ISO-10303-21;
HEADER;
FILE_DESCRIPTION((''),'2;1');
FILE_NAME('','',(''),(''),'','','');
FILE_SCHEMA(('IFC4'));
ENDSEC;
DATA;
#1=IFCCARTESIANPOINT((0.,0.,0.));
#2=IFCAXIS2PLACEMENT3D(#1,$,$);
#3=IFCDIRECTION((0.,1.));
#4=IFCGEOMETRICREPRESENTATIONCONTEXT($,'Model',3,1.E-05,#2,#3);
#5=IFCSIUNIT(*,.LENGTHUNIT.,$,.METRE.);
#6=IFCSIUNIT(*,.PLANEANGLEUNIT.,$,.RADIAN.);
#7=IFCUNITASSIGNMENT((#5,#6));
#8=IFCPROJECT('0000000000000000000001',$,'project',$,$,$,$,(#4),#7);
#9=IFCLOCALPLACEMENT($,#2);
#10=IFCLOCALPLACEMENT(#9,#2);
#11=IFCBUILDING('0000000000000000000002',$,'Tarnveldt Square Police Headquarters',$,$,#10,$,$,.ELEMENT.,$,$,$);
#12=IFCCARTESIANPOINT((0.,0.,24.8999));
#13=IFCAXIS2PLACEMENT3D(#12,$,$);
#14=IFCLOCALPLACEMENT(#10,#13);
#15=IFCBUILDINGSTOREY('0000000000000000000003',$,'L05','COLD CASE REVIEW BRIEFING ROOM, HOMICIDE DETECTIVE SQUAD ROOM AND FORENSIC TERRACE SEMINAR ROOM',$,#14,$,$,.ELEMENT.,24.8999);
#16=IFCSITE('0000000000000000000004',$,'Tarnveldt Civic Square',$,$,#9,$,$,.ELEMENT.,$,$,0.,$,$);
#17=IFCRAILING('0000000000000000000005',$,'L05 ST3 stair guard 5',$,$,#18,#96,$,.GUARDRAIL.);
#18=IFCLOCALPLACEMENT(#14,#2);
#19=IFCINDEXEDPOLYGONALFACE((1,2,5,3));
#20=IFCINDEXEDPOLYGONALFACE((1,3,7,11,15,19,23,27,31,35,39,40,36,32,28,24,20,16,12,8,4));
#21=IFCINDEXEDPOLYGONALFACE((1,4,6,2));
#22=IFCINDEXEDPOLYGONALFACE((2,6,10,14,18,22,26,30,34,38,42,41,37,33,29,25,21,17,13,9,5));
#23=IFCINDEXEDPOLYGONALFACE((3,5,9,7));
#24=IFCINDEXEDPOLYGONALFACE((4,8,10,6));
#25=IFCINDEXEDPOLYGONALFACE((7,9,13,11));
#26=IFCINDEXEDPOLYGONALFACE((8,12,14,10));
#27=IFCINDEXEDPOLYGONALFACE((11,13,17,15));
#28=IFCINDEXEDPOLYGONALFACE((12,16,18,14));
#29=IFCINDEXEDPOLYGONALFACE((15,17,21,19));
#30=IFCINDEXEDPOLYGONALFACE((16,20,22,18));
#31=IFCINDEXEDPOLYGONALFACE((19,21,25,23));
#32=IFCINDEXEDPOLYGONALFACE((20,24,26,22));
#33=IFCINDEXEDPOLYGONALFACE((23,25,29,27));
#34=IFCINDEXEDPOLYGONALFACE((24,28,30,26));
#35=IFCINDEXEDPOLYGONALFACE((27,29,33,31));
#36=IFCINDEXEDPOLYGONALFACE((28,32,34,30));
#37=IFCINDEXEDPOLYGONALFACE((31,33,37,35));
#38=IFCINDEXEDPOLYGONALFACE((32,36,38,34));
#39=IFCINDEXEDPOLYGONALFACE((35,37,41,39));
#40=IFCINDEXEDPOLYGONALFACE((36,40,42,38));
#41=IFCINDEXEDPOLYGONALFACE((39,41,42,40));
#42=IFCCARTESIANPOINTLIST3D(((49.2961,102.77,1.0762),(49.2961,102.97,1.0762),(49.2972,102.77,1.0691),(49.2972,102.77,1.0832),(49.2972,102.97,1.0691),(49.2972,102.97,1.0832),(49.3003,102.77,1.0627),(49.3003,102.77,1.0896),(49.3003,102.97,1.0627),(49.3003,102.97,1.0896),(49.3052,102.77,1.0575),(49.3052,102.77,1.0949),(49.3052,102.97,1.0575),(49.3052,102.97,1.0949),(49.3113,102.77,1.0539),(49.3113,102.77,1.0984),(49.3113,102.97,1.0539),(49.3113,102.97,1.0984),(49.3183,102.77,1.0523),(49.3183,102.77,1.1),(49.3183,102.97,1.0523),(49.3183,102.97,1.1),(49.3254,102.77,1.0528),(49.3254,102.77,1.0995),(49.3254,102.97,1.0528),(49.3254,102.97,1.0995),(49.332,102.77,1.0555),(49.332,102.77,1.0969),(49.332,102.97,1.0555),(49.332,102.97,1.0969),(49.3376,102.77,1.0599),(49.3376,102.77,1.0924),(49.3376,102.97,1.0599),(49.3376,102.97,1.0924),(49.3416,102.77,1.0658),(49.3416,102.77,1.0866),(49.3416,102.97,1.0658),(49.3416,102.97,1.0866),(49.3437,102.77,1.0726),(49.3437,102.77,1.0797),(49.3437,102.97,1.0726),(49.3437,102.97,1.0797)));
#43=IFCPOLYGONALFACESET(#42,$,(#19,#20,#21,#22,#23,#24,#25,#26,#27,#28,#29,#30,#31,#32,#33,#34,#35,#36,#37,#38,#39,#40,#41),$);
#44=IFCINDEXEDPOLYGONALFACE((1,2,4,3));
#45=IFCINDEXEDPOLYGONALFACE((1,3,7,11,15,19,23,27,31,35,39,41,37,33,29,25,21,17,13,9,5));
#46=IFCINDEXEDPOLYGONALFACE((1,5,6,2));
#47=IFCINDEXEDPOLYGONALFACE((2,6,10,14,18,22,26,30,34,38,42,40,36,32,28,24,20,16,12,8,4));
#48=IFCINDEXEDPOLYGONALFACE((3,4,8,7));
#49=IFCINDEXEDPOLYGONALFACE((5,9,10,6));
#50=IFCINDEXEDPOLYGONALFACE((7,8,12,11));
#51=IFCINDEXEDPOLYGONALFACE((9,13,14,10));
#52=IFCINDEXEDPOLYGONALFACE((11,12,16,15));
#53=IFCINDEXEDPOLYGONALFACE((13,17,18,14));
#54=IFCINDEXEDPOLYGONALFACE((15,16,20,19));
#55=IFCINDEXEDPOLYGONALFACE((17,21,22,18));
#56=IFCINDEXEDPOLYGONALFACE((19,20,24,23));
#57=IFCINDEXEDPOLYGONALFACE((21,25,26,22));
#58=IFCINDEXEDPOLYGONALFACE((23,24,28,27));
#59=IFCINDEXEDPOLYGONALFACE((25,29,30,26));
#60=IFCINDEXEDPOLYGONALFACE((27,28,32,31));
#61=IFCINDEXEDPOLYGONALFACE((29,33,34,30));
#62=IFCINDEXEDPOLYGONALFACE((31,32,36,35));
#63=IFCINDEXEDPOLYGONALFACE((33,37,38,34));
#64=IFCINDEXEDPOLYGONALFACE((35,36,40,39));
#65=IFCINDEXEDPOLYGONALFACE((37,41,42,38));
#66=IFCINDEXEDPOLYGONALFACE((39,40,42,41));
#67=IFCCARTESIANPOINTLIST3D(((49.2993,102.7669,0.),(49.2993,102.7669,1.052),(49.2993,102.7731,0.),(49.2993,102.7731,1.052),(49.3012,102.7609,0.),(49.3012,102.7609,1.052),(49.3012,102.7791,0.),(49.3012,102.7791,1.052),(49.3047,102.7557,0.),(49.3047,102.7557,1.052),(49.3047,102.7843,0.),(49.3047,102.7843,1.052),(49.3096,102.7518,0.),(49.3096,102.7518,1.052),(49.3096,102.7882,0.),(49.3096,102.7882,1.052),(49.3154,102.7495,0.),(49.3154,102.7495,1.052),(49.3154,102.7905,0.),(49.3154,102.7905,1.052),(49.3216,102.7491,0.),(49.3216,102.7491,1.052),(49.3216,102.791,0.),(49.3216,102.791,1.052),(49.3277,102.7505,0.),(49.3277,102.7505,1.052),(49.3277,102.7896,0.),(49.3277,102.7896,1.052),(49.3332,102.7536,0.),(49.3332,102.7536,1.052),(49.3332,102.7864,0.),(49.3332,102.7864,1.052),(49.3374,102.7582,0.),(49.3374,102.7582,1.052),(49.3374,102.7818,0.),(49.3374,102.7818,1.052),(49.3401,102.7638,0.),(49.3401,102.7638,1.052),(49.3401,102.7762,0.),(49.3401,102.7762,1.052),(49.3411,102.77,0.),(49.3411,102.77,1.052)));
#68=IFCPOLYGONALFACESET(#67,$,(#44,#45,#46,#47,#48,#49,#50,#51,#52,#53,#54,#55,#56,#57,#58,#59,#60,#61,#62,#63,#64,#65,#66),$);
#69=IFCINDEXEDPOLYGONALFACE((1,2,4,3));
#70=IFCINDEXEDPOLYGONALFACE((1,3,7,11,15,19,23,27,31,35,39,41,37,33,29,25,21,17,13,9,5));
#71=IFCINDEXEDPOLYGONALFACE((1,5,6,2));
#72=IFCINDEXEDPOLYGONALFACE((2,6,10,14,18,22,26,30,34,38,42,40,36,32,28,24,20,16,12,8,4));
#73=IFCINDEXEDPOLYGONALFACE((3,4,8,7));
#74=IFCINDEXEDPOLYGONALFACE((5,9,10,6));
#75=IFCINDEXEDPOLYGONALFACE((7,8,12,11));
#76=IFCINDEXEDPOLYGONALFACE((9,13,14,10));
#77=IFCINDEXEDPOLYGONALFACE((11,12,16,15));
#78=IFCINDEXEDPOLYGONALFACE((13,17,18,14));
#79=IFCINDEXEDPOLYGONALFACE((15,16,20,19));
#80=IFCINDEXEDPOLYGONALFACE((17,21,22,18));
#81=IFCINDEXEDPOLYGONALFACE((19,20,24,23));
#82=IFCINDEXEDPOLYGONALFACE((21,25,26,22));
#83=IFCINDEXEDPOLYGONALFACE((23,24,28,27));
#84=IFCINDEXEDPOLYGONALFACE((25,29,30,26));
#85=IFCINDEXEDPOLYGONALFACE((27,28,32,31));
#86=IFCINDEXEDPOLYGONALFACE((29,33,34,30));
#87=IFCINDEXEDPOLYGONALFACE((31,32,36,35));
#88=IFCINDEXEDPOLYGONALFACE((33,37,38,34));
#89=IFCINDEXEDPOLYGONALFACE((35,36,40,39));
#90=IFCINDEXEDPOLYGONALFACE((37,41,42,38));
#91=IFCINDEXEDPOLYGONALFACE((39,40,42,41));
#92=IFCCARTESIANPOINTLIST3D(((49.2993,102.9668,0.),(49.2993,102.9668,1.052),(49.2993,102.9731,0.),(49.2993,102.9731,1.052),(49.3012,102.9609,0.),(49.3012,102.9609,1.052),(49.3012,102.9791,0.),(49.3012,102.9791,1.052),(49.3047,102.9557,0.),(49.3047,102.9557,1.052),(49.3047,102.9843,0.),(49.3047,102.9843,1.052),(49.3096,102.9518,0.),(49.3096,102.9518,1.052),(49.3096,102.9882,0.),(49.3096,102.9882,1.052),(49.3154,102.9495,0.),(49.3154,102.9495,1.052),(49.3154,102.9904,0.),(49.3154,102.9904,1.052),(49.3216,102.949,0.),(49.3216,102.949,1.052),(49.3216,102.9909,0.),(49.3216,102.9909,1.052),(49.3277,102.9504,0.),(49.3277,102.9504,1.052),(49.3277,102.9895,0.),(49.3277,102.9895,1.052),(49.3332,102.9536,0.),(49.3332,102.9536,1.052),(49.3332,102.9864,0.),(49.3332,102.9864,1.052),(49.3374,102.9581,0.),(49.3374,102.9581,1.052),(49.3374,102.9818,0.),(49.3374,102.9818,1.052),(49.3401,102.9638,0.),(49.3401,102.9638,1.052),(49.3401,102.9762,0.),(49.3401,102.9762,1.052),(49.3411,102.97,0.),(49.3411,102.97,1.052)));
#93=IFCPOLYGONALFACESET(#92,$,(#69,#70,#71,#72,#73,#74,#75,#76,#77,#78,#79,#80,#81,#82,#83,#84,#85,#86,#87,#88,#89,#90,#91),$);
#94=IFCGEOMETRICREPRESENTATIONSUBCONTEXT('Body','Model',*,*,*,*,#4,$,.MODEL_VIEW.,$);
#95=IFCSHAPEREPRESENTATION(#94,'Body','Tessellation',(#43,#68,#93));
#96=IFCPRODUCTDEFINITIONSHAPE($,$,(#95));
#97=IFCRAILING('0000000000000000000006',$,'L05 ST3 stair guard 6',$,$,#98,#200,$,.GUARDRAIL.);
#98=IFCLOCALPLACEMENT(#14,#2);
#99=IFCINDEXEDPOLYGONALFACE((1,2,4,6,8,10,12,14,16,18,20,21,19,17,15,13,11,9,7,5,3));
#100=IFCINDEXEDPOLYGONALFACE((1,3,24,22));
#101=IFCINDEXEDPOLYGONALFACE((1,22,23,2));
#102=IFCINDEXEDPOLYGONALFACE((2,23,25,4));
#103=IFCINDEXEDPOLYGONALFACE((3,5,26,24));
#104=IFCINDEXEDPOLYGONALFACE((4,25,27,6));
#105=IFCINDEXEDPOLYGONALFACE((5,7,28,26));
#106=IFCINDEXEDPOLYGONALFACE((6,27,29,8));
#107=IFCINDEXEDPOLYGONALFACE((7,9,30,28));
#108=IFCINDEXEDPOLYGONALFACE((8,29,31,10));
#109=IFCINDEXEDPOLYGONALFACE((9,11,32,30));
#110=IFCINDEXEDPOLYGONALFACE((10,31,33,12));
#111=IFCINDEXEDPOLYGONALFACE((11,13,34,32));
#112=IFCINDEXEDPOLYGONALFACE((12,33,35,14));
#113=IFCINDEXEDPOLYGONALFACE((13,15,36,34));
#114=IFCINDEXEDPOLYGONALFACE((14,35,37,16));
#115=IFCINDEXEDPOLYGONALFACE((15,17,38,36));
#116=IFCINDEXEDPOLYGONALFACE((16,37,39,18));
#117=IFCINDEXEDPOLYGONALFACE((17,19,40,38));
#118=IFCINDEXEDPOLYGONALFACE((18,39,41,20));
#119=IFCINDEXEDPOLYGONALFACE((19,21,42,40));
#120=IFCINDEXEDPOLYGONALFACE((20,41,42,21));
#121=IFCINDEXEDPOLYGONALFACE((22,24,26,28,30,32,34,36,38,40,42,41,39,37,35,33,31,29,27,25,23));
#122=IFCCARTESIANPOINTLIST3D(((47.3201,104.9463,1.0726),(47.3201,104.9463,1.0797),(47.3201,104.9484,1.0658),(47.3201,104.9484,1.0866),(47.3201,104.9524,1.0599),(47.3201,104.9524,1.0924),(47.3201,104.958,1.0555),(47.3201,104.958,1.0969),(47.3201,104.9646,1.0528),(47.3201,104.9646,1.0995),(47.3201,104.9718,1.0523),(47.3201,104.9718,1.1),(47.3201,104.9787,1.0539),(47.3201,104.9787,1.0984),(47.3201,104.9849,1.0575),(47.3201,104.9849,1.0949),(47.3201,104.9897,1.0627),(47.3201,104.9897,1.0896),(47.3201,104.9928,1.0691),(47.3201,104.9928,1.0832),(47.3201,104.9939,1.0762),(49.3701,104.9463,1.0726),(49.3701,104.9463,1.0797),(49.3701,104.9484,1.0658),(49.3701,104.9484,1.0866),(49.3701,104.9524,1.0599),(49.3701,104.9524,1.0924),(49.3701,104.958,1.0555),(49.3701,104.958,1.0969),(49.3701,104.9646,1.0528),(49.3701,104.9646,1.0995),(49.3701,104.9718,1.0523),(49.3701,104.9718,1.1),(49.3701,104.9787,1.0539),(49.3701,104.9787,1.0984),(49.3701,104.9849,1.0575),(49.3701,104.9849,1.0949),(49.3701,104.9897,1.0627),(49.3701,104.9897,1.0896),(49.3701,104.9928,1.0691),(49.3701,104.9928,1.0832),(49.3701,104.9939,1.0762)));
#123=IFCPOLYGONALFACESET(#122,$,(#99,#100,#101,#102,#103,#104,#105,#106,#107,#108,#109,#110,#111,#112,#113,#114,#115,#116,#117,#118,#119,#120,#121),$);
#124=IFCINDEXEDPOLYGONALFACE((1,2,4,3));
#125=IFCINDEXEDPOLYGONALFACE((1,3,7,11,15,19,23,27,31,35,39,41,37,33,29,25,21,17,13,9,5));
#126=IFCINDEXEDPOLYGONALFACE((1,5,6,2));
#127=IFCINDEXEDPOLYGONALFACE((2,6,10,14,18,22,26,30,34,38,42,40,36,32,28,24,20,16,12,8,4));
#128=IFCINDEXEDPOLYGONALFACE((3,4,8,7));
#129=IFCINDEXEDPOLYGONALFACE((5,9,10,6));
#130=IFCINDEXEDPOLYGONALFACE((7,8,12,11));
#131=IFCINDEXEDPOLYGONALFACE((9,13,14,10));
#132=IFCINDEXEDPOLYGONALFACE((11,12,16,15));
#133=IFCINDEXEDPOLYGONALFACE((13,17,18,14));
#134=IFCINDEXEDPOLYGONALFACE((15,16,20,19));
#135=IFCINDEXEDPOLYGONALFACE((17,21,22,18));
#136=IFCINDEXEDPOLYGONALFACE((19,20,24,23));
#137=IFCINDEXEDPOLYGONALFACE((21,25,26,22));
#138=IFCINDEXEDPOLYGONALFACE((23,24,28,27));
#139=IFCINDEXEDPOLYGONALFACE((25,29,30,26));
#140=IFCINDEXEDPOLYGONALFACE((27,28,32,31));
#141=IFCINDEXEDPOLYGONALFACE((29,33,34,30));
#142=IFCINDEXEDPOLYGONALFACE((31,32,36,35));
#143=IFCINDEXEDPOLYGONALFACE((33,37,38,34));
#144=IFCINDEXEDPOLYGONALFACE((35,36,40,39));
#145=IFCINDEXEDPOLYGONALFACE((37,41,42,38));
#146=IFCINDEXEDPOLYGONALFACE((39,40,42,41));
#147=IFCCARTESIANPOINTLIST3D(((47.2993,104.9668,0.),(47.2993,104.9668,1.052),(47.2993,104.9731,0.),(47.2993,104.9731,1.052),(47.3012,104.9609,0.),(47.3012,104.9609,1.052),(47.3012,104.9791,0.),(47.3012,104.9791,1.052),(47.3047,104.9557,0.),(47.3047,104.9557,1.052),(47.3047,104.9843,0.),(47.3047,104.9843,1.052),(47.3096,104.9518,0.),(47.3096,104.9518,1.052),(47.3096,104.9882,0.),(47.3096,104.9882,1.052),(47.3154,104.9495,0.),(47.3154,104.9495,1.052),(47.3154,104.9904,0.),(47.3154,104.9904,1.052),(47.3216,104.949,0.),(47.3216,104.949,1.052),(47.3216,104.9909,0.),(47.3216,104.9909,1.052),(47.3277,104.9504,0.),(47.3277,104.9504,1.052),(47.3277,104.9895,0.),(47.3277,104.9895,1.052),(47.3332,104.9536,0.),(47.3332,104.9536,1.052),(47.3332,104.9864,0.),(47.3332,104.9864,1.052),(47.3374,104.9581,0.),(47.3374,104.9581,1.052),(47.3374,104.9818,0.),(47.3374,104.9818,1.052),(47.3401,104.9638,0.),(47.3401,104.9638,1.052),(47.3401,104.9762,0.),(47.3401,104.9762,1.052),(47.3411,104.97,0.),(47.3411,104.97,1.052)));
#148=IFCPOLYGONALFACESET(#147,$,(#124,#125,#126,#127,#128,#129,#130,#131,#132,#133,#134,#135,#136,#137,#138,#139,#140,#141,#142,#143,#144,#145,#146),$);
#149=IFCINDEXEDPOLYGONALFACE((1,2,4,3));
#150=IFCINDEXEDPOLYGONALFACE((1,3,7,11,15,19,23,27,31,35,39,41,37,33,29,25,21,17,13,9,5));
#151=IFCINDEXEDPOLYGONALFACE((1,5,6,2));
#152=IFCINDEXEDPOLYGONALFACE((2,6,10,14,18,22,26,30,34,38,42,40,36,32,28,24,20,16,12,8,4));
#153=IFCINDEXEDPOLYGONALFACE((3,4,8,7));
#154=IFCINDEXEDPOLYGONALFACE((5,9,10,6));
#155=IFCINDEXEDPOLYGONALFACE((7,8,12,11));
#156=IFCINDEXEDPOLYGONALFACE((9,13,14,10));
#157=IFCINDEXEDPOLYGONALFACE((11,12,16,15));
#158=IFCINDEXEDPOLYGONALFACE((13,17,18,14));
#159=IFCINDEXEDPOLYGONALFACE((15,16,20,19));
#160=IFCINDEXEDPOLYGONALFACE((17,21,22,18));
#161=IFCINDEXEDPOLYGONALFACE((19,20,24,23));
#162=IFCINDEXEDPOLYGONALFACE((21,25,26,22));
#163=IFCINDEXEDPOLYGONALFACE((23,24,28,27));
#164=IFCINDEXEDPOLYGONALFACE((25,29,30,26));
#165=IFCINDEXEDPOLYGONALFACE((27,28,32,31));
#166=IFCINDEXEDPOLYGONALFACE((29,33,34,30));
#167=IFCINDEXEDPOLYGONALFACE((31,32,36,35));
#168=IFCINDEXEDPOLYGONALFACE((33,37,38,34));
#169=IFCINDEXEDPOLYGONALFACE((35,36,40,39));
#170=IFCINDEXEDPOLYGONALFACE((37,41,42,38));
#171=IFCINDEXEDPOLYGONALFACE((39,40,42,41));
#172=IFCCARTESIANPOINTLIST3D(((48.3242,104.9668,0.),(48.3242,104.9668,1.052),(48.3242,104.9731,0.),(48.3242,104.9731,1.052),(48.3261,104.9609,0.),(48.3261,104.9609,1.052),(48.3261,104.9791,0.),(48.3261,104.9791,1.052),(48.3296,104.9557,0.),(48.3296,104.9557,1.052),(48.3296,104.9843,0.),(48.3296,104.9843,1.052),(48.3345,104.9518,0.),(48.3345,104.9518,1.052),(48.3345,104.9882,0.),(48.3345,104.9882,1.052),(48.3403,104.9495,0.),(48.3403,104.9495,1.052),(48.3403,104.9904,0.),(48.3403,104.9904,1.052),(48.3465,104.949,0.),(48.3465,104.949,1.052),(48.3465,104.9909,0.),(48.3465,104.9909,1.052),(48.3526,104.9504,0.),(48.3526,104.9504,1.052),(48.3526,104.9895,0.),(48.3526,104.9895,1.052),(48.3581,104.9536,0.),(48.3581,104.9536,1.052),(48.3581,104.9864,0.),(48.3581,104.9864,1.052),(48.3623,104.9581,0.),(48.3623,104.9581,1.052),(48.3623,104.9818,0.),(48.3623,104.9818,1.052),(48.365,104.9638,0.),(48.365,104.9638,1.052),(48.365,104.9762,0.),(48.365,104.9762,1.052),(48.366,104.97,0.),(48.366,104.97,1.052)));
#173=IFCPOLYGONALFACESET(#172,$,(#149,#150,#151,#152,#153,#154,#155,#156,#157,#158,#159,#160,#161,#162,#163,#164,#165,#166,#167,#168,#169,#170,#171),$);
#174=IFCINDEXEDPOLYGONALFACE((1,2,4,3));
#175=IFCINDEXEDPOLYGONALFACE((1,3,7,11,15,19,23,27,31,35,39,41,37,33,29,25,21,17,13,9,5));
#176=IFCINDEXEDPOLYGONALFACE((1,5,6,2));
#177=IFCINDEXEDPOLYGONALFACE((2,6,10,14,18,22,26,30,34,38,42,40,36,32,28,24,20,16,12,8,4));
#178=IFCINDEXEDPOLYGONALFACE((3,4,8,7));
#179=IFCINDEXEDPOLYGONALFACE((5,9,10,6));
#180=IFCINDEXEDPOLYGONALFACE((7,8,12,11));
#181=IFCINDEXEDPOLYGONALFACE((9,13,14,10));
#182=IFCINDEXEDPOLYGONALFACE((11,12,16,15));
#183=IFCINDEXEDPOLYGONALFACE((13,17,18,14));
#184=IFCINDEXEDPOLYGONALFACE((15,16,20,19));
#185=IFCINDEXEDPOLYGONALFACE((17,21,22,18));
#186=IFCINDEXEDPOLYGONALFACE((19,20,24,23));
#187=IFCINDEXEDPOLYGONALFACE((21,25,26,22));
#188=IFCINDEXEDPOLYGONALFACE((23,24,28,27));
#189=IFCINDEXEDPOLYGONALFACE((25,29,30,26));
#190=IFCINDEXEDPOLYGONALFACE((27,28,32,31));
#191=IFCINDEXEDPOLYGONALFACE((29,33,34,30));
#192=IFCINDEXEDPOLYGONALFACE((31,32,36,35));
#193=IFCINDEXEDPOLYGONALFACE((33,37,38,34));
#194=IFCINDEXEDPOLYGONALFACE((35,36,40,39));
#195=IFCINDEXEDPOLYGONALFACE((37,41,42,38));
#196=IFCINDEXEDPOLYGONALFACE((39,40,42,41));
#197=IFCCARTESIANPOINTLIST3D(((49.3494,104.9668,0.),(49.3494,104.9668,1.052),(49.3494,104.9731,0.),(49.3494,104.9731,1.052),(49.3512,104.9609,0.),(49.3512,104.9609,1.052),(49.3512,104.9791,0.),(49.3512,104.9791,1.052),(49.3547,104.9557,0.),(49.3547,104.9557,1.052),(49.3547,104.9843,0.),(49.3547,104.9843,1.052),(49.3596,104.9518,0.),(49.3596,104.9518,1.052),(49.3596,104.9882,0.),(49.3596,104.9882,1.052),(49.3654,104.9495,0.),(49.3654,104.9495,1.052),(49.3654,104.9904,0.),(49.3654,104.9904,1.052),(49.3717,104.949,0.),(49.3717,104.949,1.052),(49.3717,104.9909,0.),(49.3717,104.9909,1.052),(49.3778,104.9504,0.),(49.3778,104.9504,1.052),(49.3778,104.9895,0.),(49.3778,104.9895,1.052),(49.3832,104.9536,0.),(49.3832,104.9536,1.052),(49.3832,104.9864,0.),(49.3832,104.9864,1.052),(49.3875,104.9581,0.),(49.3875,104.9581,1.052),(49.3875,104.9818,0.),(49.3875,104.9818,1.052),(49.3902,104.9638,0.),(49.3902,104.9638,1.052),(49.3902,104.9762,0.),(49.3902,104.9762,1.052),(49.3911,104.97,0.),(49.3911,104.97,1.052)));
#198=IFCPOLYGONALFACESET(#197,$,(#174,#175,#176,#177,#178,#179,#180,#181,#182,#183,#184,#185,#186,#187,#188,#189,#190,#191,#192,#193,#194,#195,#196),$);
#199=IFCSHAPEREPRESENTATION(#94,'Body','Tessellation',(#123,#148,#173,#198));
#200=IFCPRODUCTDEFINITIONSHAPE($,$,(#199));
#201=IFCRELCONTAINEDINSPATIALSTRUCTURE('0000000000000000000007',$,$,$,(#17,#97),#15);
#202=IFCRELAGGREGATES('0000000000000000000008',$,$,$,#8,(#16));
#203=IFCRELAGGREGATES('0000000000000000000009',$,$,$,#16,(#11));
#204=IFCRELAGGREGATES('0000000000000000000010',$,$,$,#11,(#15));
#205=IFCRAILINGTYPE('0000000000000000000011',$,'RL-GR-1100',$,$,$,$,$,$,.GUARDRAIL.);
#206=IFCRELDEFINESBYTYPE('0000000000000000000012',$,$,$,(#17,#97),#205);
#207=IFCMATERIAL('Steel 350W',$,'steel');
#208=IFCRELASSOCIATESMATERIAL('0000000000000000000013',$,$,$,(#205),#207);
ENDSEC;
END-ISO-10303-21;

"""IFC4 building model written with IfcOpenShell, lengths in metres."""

from ifc_helpers import new_model, si_unit, direction, frame, origin, origin_2d, place, context, subcontext, project, spatial, circle, extrude, material, type_object, element, save


model = new_model("IFC4")

# Units and contexts
model_context = context("Model", 3, precision=1e-05, world=origin(), true_north=direction((0.0, 1.0)))
body_context = subcontext(model_context, "Body", "Model", "MODEL_VIEW")
ifc_project = project(units=[si_unit("LENGTHUNIT", "METRE"), si_unit("PLANEANGLEUNIT", "RADIAN")], contexts=[model_context])

# Site, building, storey
site_placement = place(None, origin())
site = spatial("IfcSite", under=ifc_project, at=site_placement, Name="Tarnveldt Civic Square", CompositionType="ELEMENT", RefElevation=0.0)
building_placement = place(site_placement, origin())
building = spatial("IfcBuilding", under=site, at=building_placement, Name="Tarnveldt Square Police Headquarters", CompositionType="ELEMENT")
storey_placement = place(building_placement, frame((0.0, 0.0, 24.8999)))
storey = spatial("IfcBuildingStorey", under=building, at=storey_placement, Name="L05", Description="COLD CASE REVIEW BRIEFING ROOM, HOMICIDE DETECTIVE SQUAD ROOM AND FORENSIC TERRACE SEMINAR ROOM", CompositionType="ELEMENT", Elevation=24.8999)

# Shared definitions
ifc_material_1 = material(Name="Steel 350W", Category="steel")

# Railings
railing_type_1 = type_object("IfcRailingType", Name="RL-GR-1100", PredefinedType="GUARDRAIL", material=ifc_material_1)
railing_1_placement = place(storey_placement, frame((49.3201, 102.77, 0.0)))
element("IfcRailing", 1, at=railing_1_placement, inside=storey, type_object=railing_type_1, Name="L05 ST3 stair guard 5", PredefinedType="GUARDRAIL", context=body_context, shape_type="SweptSolid", body=[
    extrude(circle(Radius=0.0239, at=origin_2d()), frame((0.0, 0.0, 1.0762), z_axis=(0.0, 1.0, 0.0), x_axis=(-1.0, 0.0, 0.0)), (0.0, 0.0, 1.0), 0.2),
    extrude(circle(Radius=0.021, at=origin_2d()), origin(), (0.0, 0.0, 1.0), 1.052),
    extrude(circle(Radius=0.021, at=origin_2d()), frame((0.0, 0.2, 0.0)), (0.0, 0.0, 1.0), 1.052),
])
railing_2_placement = place(storey_placement, frame((47.3201, 104.97, 0.0)))
element("IfcRailing", 2, at=railing_2_placement, inside=storey, type_object=railing_type_1, Name="L05 ST3 stair guard 6", PredefinedType="GUARDRAIL", context=body_context, shape_type="SweptSolid", body=[
    extrude(circle(Radius=0.0239, at=origin_2d()), frame((0.0, 0.0, 1.0762), z_axis=(1.0, 0.0, 0.0), x_axis=(0.0, 1.0, 0.0)), (0.0, 0.0, 1.0), 2.05),
    extrude(circle(Radius=0.021, at=origin_2d()), origin(), (0.0, 0.0, 1.0), 1.052),
    extrude(circle(Radius=0.021, at=origin_2d()), frame((1.0249, 0.0, 0.0)), (0.0, 0.0, 1.0), 1.052),
    extrude(circle(Radius=0.021, at=origin_2d()), frame((2.05, 0.0, 0.0)), (0.0, 0.0, 1.0), 1.052),
])

save(model, "model.ifc")
